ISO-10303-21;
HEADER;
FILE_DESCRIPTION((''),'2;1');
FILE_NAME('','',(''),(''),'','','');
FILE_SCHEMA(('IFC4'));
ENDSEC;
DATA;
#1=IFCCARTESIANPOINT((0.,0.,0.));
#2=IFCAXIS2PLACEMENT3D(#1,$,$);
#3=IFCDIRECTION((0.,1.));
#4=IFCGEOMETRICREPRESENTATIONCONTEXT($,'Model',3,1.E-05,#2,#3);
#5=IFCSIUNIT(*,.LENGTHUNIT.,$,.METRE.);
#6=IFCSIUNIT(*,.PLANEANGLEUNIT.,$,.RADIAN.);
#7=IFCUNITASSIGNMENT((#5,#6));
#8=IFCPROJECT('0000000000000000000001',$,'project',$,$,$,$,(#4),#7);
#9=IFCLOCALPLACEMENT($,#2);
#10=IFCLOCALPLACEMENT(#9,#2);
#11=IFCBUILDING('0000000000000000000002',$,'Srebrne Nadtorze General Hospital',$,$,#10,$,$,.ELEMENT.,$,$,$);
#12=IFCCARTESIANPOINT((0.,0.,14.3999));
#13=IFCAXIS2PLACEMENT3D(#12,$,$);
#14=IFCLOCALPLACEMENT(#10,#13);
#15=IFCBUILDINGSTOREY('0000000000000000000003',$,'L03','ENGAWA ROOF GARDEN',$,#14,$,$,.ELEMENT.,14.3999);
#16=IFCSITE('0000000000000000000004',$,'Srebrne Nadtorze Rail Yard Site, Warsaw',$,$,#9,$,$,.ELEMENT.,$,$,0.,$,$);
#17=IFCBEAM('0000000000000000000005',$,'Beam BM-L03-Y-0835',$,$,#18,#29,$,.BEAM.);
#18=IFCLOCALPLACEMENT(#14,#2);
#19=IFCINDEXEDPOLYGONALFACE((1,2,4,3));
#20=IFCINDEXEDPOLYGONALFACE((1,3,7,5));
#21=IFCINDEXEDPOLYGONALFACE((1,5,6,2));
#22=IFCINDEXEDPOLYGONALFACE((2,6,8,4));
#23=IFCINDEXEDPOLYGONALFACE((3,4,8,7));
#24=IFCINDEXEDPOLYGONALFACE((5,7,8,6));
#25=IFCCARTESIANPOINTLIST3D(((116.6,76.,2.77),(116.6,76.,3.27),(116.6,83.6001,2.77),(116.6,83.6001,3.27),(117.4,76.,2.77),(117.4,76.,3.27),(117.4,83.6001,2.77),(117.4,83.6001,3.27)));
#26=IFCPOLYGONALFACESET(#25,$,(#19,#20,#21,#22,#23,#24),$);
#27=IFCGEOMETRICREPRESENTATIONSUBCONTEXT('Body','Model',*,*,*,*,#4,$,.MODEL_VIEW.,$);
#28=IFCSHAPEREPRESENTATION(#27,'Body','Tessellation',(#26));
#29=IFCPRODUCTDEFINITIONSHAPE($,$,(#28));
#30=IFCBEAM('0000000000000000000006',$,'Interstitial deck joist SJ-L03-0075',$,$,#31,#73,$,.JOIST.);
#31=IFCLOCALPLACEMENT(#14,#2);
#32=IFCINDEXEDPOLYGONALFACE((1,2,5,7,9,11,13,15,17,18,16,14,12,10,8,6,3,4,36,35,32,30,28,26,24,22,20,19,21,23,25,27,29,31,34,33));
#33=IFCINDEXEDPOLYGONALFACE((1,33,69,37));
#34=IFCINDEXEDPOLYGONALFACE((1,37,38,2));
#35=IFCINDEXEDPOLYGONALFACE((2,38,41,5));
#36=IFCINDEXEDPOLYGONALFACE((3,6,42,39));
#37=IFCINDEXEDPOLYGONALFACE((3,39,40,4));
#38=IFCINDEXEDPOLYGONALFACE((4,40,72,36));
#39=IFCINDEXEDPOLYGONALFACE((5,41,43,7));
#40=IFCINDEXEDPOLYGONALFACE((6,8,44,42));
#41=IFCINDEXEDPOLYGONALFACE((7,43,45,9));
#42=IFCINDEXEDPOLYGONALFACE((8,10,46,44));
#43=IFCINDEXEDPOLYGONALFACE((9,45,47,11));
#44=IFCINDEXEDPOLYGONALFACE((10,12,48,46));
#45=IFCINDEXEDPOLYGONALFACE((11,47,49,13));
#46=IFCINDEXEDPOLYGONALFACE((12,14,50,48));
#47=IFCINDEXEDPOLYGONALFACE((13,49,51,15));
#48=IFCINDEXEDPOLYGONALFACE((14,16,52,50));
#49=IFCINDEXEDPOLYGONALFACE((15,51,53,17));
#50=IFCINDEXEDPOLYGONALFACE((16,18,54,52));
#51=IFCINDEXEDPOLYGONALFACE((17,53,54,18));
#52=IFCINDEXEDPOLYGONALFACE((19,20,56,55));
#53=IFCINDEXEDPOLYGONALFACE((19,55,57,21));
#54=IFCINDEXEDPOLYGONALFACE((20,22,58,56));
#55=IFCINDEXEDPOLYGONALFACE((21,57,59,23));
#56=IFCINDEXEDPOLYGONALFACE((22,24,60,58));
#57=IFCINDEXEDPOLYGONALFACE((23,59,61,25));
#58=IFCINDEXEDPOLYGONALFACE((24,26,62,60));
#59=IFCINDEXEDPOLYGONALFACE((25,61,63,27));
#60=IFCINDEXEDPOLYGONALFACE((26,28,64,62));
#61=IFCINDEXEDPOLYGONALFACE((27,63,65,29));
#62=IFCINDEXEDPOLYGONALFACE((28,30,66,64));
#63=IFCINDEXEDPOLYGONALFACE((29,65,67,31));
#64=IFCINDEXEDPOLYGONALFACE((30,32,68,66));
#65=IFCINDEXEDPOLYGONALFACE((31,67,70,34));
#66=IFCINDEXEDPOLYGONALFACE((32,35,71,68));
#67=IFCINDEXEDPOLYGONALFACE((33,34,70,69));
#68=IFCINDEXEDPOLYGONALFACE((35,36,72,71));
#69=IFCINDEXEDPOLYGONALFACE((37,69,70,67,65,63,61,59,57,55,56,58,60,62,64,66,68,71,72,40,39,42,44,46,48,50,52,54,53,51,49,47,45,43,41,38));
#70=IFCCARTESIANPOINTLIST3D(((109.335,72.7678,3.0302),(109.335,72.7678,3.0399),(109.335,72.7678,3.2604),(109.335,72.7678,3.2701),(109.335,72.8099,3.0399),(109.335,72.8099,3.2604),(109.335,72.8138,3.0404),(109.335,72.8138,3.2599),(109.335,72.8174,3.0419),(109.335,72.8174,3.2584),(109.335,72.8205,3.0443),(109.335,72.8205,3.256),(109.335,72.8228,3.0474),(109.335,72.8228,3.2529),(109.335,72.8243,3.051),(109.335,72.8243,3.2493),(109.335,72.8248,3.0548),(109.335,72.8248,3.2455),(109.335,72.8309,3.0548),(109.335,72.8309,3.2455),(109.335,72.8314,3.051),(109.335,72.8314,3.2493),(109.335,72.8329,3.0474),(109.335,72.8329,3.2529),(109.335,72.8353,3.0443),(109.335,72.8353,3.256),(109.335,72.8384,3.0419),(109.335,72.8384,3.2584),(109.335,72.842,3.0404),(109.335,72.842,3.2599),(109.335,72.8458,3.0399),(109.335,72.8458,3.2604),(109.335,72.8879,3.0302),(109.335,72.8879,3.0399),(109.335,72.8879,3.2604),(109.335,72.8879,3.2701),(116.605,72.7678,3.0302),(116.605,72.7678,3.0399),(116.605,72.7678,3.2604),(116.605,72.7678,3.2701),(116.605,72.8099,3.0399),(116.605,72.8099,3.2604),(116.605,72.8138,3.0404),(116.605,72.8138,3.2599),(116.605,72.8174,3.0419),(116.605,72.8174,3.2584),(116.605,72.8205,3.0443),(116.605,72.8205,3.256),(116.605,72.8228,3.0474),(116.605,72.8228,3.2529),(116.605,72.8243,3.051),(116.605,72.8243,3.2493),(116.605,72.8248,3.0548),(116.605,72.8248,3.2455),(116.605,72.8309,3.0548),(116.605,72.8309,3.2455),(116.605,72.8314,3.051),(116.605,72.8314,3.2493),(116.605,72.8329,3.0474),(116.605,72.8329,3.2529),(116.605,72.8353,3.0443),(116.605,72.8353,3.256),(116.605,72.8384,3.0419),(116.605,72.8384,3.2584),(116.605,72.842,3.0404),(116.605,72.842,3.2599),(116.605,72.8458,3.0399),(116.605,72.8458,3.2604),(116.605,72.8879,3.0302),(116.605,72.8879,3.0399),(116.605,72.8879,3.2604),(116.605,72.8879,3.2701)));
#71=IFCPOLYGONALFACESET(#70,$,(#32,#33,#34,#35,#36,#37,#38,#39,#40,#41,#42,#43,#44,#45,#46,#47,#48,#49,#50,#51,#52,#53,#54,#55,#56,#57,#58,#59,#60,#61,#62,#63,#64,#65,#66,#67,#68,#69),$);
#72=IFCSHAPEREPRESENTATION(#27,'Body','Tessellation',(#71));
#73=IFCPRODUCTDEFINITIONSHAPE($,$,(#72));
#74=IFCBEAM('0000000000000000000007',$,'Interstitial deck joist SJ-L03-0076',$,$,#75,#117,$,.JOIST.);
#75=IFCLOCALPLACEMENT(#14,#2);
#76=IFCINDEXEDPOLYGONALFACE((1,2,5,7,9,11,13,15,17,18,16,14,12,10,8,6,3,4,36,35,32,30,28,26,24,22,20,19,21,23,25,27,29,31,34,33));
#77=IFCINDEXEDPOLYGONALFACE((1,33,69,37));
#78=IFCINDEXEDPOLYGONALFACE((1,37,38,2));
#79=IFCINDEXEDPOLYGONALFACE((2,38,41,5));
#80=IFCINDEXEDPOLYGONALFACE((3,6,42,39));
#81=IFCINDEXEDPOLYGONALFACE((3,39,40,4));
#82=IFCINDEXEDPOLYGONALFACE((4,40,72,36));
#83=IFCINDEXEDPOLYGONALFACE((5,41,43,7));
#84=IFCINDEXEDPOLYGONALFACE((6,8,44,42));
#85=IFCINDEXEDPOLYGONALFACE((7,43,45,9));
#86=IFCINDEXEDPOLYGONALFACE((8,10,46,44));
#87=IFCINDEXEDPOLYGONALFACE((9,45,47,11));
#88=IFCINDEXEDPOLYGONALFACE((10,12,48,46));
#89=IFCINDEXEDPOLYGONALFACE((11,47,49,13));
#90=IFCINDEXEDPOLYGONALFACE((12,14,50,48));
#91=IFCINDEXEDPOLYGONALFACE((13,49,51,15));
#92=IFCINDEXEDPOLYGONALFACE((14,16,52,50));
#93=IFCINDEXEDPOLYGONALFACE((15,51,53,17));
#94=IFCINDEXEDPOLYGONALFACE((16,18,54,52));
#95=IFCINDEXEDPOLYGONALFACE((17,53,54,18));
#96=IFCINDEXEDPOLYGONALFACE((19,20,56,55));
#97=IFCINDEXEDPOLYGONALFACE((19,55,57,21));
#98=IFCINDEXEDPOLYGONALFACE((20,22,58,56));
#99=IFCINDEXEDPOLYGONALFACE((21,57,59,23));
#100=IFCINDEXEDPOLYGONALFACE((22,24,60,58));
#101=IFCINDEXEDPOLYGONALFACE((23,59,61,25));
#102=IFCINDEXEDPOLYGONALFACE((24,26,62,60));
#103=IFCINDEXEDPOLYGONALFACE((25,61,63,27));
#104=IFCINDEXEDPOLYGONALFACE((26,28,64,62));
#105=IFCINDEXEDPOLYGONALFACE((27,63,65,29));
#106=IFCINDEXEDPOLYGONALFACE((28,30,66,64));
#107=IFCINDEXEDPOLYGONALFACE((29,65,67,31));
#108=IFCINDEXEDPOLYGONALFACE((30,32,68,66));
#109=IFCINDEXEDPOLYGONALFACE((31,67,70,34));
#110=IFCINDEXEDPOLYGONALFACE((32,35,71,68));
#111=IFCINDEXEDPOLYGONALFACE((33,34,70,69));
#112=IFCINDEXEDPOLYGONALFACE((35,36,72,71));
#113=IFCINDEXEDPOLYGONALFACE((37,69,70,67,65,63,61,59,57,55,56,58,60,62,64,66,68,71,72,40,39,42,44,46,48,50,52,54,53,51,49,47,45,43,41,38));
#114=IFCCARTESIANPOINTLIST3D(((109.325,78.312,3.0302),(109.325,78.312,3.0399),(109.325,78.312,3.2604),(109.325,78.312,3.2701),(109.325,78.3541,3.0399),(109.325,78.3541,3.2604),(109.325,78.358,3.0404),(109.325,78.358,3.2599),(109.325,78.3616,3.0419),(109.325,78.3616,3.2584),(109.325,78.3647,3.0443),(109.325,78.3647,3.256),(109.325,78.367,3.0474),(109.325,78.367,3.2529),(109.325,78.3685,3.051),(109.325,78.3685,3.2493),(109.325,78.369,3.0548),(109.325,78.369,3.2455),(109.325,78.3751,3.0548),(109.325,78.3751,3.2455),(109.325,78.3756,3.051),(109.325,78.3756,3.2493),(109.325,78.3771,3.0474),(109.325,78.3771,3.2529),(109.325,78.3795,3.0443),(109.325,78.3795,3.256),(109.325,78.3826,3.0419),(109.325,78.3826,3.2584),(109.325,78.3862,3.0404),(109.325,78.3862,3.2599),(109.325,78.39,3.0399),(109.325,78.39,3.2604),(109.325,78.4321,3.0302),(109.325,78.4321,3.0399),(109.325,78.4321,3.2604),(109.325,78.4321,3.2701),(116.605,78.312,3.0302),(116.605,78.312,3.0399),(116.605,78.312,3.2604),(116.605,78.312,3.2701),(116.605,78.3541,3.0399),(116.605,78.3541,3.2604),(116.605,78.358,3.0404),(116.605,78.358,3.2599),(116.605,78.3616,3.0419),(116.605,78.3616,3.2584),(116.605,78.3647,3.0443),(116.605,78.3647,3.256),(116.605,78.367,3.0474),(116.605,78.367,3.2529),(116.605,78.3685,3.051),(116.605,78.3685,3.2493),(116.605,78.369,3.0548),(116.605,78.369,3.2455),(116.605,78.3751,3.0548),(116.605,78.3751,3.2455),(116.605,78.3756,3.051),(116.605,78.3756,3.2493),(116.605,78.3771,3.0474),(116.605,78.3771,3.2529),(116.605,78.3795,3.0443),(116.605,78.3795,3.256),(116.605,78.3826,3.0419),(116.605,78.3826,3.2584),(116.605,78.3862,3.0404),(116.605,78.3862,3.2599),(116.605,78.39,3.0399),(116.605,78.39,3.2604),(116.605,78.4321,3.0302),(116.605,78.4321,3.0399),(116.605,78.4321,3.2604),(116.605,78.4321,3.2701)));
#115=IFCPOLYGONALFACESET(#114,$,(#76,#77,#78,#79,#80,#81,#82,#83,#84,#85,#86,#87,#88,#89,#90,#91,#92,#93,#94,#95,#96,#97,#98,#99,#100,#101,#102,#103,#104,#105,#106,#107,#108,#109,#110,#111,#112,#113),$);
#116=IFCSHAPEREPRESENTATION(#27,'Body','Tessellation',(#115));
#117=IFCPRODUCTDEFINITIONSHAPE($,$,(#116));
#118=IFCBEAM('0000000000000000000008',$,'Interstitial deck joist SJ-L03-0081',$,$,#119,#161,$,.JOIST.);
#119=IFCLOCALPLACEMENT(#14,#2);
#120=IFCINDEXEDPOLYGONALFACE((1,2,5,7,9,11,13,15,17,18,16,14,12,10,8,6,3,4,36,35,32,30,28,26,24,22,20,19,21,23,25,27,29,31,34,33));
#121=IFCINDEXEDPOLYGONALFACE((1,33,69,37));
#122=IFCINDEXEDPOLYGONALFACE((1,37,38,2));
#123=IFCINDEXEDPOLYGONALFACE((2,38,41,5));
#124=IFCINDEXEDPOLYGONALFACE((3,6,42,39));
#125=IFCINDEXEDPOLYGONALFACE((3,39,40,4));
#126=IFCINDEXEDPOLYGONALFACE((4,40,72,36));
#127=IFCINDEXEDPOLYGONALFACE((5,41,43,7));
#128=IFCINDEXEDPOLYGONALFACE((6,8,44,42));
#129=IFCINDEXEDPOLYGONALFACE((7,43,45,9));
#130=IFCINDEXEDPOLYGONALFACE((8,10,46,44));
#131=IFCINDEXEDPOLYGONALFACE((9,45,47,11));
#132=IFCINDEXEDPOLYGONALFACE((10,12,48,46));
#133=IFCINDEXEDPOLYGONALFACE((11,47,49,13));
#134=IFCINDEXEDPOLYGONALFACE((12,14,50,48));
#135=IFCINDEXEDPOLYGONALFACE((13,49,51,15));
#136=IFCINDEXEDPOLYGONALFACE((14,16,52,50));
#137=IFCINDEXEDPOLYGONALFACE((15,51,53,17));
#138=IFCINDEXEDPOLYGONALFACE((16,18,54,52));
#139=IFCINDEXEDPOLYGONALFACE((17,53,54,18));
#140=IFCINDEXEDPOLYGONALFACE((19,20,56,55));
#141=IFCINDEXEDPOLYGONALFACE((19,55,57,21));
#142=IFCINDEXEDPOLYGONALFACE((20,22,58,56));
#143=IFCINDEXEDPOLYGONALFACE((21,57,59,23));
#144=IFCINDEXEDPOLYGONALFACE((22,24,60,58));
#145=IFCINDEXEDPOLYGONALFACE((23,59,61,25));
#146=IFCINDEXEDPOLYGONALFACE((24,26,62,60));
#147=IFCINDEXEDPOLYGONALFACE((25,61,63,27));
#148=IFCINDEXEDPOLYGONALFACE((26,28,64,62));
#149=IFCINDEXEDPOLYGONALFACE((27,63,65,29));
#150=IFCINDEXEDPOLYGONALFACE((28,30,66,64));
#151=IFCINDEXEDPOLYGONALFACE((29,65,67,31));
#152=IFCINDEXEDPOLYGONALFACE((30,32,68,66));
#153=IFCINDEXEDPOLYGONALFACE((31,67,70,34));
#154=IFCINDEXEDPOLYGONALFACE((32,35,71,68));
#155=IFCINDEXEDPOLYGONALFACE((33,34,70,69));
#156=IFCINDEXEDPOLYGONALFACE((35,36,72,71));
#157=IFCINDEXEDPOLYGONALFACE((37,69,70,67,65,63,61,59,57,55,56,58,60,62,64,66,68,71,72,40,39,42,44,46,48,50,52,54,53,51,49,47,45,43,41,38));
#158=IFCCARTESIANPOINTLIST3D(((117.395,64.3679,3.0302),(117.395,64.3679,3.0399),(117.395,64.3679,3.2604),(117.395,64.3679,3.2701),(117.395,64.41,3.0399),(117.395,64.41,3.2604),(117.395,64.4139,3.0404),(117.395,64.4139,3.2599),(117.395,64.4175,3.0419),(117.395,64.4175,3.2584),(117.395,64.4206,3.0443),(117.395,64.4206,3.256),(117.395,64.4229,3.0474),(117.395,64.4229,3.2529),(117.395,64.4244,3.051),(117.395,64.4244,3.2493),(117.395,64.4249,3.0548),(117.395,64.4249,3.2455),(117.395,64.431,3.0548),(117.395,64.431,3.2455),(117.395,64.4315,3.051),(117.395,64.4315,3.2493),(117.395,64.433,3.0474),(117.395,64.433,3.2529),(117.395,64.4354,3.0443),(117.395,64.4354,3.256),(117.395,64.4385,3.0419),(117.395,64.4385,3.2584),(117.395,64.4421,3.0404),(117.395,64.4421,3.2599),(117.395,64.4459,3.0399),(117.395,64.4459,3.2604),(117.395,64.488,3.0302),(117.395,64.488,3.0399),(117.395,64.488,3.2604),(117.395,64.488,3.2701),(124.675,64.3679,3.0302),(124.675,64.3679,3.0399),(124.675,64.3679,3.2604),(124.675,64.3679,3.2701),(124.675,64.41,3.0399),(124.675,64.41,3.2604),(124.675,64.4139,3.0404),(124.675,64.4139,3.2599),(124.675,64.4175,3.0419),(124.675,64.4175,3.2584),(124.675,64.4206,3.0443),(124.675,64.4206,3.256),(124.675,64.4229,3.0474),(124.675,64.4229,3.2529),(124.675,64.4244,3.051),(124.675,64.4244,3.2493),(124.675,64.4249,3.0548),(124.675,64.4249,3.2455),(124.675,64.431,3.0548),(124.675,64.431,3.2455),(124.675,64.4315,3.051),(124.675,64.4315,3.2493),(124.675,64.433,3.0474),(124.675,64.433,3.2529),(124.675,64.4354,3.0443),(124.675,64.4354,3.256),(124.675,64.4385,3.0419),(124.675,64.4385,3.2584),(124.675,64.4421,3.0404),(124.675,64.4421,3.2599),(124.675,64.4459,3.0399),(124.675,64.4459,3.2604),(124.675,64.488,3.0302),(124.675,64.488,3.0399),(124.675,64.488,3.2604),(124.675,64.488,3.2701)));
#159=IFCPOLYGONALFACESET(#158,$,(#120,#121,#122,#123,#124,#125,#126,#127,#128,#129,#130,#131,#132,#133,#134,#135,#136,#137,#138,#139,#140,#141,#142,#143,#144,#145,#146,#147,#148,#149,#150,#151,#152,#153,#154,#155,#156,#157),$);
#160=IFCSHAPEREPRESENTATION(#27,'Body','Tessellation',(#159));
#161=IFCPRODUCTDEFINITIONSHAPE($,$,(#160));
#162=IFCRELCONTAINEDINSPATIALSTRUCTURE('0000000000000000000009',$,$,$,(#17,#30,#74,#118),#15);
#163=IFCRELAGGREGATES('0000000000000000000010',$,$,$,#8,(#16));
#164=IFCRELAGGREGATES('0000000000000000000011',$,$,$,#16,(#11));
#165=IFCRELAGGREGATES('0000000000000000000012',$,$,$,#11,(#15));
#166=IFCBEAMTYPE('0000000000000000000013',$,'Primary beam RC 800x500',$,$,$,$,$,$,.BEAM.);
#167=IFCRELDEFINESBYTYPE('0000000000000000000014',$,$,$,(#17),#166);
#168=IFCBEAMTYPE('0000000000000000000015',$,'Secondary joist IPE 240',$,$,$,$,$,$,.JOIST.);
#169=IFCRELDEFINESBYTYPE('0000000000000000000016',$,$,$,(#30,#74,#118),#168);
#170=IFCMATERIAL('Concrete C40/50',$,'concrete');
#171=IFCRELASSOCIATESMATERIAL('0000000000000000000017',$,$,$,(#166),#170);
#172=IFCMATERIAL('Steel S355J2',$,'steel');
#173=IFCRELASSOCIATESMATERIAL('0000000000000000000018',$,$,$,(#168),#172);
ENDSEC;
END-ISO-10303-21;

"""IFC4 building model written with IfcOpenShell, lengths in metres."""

from ifc_helpers import new_model, si_unit, direction, frame, origin, origin_2d, place, context, subcontext, project, spatial, rectangle, i_section, extrude, material, material_profile, profile_set, type_object, element, save


model = new_model("IFC4")

# Units and contexts
model_context = context("Model", 3, precision=1e-05, world=origin(), true_north=direction((0.0, 1.0)))
body_context = subcontext(model_context, "Body", "Model", "MODEL_VIEW")
ifc_project = project(units=[si_unit("LENGTHUNIT", "METRE"), si_unit("PLANEANGLEUNIT", "RADIAN")], contexts=[model_context])

# Site, building, storey
site_placement = place(None, origin())
site = spatial("IfcSite", under=ifc_project, at=site_placement, Name="Srebrne Nadtorze Rail Yard Site, Warsaw", CompositionType="ELEMENT", RefElevation=0.0)
building_placement = place(site_placement, origin())
building = spatial("IfcBuilding", under=site, at=building_placement, Name="Srebrne Nadtorze General Hospital", CompositionType="ELEMENT")
storey_placement = place(building_placement, frame((0.0, 0.0, 14.3999)))
storey = spatial("IfcBuildingStorey", under=building, at=storey_placement, Name="L03", Description="ENGAWA ROOF GARDEN", CompositionType="ELEMENT", Elevation=14.3999)

# Beams
ifc_material_1 = material(Name="Concrete C40/50", Category="concrete")
ifc_material_profile_1 = material_profile(ifc_material_1, rectangle(XDim=0.8, YDim=0.5, at=origin_2d()), Name="RC-BM-800x500")
ifc_profile_set_1 = profile_set([ifc_material_profile_1], Name="Concrete C40/50")
beam_type_1 = type_object("IfcBeamType", Name="Primary beam RC 800x500", PredefinedType="BEAM", material=ifc_profile_set_1)
beam_1_placement = place(storey_placement, frame((117.0, 76.0, 3.02), z_axis=(0.0, 1.0, 0.0), x_axis=(-1.0, 0.0, 0.0)))
element("IfcBeam", 1, at=beam_1_placement, inside=storey, type_object=beam_type_1, Name="Beam BM-L03-Y-0835", PredefinedType="BEAM", context=body_context, shape_type="SweptSolid", body=[
    extrude(rectangle(XDim=0.8, YDim=0.5, at=origin_2d()), origin(), (0.0, 0.0, 1.0), 7.6001),
])
ifc_material_2 = material(Name="Steel S355J2", Category="steel")
ifc_material_profile_2 = material_profile(ifc_material_2, i_section(OverallWidth=0.1201, OverallDepth=0.24, WebThickness=0.0061, FlangeThickness=0.0098, FilletRadius=0.0149, at=origin_2d()), Name="IPE-240")
ifc_profile_set_2 = profile_set([ifc_material_profile_2], Name="Steel S355J2")
beam_type_2 = type_object("IfcBeamType", Name="Secondary joist IPE 240", PredefinedType="JOIST", material=ifc_profile_set_2)
beam_2_placement = place(storey_placement, frame((109.335, 72.8279, 3.1501), z_axis=(1.0, 0.0, 0.0), x_axis=(0.0, 1.0, 0.0)))
element("IfcBeam", 2, at=beam_2_placement, inside=storey, type_object=beam_type_2, Name="Interstitial deck joist SJ-L03-0075", PredefinedType="JOIST", context=body_context, shape_type="SweptSolid", body=[
    extrude(i_section(OverallWidth=0.1201, OverallDepth=0.24, WebThickness=0.0061, FlangeThickness=0.0098, FilletRadius=0.0149, at=origin_2d()), origin(), (0.0, 0.0, 1.0), 7.27),
])
for number, where, z_axis, x_axis, name in (
    (3, (109.325, 78.3721, 3.1501), (1.0, 0.0, 0.0), (0.0, 1.0, 0.0), "Interstitial deck joist SJ-L03-0076"),
    (4, (117.395, 64.428, 3.1501), (1.0, 0.0, 0.0), (0.0, 1.0, 0.0), "Interstitial deck joist SJ-L03-0081"),
):
    element("IfcBeam", number, at=place(storey_placement, frame(where, z_axis=z_axis, x_axis=x_axis)), inside=storey, type_object=beam_type_2, Name=name, PredefinedType="JOIST", context=body_context, shape_type="SweptSolid", body=[
        extrude(i_section(OverallWidth=0.1201, OverallDepth=0.24, WebThickness=0.0061, FlangeThickness=0.0098, FilletRadius=0.0149, at=origin_2d()), origin(), (0.0, 0.0, 1.0), 7.28),
    ])

save(model, "model.ifc")
